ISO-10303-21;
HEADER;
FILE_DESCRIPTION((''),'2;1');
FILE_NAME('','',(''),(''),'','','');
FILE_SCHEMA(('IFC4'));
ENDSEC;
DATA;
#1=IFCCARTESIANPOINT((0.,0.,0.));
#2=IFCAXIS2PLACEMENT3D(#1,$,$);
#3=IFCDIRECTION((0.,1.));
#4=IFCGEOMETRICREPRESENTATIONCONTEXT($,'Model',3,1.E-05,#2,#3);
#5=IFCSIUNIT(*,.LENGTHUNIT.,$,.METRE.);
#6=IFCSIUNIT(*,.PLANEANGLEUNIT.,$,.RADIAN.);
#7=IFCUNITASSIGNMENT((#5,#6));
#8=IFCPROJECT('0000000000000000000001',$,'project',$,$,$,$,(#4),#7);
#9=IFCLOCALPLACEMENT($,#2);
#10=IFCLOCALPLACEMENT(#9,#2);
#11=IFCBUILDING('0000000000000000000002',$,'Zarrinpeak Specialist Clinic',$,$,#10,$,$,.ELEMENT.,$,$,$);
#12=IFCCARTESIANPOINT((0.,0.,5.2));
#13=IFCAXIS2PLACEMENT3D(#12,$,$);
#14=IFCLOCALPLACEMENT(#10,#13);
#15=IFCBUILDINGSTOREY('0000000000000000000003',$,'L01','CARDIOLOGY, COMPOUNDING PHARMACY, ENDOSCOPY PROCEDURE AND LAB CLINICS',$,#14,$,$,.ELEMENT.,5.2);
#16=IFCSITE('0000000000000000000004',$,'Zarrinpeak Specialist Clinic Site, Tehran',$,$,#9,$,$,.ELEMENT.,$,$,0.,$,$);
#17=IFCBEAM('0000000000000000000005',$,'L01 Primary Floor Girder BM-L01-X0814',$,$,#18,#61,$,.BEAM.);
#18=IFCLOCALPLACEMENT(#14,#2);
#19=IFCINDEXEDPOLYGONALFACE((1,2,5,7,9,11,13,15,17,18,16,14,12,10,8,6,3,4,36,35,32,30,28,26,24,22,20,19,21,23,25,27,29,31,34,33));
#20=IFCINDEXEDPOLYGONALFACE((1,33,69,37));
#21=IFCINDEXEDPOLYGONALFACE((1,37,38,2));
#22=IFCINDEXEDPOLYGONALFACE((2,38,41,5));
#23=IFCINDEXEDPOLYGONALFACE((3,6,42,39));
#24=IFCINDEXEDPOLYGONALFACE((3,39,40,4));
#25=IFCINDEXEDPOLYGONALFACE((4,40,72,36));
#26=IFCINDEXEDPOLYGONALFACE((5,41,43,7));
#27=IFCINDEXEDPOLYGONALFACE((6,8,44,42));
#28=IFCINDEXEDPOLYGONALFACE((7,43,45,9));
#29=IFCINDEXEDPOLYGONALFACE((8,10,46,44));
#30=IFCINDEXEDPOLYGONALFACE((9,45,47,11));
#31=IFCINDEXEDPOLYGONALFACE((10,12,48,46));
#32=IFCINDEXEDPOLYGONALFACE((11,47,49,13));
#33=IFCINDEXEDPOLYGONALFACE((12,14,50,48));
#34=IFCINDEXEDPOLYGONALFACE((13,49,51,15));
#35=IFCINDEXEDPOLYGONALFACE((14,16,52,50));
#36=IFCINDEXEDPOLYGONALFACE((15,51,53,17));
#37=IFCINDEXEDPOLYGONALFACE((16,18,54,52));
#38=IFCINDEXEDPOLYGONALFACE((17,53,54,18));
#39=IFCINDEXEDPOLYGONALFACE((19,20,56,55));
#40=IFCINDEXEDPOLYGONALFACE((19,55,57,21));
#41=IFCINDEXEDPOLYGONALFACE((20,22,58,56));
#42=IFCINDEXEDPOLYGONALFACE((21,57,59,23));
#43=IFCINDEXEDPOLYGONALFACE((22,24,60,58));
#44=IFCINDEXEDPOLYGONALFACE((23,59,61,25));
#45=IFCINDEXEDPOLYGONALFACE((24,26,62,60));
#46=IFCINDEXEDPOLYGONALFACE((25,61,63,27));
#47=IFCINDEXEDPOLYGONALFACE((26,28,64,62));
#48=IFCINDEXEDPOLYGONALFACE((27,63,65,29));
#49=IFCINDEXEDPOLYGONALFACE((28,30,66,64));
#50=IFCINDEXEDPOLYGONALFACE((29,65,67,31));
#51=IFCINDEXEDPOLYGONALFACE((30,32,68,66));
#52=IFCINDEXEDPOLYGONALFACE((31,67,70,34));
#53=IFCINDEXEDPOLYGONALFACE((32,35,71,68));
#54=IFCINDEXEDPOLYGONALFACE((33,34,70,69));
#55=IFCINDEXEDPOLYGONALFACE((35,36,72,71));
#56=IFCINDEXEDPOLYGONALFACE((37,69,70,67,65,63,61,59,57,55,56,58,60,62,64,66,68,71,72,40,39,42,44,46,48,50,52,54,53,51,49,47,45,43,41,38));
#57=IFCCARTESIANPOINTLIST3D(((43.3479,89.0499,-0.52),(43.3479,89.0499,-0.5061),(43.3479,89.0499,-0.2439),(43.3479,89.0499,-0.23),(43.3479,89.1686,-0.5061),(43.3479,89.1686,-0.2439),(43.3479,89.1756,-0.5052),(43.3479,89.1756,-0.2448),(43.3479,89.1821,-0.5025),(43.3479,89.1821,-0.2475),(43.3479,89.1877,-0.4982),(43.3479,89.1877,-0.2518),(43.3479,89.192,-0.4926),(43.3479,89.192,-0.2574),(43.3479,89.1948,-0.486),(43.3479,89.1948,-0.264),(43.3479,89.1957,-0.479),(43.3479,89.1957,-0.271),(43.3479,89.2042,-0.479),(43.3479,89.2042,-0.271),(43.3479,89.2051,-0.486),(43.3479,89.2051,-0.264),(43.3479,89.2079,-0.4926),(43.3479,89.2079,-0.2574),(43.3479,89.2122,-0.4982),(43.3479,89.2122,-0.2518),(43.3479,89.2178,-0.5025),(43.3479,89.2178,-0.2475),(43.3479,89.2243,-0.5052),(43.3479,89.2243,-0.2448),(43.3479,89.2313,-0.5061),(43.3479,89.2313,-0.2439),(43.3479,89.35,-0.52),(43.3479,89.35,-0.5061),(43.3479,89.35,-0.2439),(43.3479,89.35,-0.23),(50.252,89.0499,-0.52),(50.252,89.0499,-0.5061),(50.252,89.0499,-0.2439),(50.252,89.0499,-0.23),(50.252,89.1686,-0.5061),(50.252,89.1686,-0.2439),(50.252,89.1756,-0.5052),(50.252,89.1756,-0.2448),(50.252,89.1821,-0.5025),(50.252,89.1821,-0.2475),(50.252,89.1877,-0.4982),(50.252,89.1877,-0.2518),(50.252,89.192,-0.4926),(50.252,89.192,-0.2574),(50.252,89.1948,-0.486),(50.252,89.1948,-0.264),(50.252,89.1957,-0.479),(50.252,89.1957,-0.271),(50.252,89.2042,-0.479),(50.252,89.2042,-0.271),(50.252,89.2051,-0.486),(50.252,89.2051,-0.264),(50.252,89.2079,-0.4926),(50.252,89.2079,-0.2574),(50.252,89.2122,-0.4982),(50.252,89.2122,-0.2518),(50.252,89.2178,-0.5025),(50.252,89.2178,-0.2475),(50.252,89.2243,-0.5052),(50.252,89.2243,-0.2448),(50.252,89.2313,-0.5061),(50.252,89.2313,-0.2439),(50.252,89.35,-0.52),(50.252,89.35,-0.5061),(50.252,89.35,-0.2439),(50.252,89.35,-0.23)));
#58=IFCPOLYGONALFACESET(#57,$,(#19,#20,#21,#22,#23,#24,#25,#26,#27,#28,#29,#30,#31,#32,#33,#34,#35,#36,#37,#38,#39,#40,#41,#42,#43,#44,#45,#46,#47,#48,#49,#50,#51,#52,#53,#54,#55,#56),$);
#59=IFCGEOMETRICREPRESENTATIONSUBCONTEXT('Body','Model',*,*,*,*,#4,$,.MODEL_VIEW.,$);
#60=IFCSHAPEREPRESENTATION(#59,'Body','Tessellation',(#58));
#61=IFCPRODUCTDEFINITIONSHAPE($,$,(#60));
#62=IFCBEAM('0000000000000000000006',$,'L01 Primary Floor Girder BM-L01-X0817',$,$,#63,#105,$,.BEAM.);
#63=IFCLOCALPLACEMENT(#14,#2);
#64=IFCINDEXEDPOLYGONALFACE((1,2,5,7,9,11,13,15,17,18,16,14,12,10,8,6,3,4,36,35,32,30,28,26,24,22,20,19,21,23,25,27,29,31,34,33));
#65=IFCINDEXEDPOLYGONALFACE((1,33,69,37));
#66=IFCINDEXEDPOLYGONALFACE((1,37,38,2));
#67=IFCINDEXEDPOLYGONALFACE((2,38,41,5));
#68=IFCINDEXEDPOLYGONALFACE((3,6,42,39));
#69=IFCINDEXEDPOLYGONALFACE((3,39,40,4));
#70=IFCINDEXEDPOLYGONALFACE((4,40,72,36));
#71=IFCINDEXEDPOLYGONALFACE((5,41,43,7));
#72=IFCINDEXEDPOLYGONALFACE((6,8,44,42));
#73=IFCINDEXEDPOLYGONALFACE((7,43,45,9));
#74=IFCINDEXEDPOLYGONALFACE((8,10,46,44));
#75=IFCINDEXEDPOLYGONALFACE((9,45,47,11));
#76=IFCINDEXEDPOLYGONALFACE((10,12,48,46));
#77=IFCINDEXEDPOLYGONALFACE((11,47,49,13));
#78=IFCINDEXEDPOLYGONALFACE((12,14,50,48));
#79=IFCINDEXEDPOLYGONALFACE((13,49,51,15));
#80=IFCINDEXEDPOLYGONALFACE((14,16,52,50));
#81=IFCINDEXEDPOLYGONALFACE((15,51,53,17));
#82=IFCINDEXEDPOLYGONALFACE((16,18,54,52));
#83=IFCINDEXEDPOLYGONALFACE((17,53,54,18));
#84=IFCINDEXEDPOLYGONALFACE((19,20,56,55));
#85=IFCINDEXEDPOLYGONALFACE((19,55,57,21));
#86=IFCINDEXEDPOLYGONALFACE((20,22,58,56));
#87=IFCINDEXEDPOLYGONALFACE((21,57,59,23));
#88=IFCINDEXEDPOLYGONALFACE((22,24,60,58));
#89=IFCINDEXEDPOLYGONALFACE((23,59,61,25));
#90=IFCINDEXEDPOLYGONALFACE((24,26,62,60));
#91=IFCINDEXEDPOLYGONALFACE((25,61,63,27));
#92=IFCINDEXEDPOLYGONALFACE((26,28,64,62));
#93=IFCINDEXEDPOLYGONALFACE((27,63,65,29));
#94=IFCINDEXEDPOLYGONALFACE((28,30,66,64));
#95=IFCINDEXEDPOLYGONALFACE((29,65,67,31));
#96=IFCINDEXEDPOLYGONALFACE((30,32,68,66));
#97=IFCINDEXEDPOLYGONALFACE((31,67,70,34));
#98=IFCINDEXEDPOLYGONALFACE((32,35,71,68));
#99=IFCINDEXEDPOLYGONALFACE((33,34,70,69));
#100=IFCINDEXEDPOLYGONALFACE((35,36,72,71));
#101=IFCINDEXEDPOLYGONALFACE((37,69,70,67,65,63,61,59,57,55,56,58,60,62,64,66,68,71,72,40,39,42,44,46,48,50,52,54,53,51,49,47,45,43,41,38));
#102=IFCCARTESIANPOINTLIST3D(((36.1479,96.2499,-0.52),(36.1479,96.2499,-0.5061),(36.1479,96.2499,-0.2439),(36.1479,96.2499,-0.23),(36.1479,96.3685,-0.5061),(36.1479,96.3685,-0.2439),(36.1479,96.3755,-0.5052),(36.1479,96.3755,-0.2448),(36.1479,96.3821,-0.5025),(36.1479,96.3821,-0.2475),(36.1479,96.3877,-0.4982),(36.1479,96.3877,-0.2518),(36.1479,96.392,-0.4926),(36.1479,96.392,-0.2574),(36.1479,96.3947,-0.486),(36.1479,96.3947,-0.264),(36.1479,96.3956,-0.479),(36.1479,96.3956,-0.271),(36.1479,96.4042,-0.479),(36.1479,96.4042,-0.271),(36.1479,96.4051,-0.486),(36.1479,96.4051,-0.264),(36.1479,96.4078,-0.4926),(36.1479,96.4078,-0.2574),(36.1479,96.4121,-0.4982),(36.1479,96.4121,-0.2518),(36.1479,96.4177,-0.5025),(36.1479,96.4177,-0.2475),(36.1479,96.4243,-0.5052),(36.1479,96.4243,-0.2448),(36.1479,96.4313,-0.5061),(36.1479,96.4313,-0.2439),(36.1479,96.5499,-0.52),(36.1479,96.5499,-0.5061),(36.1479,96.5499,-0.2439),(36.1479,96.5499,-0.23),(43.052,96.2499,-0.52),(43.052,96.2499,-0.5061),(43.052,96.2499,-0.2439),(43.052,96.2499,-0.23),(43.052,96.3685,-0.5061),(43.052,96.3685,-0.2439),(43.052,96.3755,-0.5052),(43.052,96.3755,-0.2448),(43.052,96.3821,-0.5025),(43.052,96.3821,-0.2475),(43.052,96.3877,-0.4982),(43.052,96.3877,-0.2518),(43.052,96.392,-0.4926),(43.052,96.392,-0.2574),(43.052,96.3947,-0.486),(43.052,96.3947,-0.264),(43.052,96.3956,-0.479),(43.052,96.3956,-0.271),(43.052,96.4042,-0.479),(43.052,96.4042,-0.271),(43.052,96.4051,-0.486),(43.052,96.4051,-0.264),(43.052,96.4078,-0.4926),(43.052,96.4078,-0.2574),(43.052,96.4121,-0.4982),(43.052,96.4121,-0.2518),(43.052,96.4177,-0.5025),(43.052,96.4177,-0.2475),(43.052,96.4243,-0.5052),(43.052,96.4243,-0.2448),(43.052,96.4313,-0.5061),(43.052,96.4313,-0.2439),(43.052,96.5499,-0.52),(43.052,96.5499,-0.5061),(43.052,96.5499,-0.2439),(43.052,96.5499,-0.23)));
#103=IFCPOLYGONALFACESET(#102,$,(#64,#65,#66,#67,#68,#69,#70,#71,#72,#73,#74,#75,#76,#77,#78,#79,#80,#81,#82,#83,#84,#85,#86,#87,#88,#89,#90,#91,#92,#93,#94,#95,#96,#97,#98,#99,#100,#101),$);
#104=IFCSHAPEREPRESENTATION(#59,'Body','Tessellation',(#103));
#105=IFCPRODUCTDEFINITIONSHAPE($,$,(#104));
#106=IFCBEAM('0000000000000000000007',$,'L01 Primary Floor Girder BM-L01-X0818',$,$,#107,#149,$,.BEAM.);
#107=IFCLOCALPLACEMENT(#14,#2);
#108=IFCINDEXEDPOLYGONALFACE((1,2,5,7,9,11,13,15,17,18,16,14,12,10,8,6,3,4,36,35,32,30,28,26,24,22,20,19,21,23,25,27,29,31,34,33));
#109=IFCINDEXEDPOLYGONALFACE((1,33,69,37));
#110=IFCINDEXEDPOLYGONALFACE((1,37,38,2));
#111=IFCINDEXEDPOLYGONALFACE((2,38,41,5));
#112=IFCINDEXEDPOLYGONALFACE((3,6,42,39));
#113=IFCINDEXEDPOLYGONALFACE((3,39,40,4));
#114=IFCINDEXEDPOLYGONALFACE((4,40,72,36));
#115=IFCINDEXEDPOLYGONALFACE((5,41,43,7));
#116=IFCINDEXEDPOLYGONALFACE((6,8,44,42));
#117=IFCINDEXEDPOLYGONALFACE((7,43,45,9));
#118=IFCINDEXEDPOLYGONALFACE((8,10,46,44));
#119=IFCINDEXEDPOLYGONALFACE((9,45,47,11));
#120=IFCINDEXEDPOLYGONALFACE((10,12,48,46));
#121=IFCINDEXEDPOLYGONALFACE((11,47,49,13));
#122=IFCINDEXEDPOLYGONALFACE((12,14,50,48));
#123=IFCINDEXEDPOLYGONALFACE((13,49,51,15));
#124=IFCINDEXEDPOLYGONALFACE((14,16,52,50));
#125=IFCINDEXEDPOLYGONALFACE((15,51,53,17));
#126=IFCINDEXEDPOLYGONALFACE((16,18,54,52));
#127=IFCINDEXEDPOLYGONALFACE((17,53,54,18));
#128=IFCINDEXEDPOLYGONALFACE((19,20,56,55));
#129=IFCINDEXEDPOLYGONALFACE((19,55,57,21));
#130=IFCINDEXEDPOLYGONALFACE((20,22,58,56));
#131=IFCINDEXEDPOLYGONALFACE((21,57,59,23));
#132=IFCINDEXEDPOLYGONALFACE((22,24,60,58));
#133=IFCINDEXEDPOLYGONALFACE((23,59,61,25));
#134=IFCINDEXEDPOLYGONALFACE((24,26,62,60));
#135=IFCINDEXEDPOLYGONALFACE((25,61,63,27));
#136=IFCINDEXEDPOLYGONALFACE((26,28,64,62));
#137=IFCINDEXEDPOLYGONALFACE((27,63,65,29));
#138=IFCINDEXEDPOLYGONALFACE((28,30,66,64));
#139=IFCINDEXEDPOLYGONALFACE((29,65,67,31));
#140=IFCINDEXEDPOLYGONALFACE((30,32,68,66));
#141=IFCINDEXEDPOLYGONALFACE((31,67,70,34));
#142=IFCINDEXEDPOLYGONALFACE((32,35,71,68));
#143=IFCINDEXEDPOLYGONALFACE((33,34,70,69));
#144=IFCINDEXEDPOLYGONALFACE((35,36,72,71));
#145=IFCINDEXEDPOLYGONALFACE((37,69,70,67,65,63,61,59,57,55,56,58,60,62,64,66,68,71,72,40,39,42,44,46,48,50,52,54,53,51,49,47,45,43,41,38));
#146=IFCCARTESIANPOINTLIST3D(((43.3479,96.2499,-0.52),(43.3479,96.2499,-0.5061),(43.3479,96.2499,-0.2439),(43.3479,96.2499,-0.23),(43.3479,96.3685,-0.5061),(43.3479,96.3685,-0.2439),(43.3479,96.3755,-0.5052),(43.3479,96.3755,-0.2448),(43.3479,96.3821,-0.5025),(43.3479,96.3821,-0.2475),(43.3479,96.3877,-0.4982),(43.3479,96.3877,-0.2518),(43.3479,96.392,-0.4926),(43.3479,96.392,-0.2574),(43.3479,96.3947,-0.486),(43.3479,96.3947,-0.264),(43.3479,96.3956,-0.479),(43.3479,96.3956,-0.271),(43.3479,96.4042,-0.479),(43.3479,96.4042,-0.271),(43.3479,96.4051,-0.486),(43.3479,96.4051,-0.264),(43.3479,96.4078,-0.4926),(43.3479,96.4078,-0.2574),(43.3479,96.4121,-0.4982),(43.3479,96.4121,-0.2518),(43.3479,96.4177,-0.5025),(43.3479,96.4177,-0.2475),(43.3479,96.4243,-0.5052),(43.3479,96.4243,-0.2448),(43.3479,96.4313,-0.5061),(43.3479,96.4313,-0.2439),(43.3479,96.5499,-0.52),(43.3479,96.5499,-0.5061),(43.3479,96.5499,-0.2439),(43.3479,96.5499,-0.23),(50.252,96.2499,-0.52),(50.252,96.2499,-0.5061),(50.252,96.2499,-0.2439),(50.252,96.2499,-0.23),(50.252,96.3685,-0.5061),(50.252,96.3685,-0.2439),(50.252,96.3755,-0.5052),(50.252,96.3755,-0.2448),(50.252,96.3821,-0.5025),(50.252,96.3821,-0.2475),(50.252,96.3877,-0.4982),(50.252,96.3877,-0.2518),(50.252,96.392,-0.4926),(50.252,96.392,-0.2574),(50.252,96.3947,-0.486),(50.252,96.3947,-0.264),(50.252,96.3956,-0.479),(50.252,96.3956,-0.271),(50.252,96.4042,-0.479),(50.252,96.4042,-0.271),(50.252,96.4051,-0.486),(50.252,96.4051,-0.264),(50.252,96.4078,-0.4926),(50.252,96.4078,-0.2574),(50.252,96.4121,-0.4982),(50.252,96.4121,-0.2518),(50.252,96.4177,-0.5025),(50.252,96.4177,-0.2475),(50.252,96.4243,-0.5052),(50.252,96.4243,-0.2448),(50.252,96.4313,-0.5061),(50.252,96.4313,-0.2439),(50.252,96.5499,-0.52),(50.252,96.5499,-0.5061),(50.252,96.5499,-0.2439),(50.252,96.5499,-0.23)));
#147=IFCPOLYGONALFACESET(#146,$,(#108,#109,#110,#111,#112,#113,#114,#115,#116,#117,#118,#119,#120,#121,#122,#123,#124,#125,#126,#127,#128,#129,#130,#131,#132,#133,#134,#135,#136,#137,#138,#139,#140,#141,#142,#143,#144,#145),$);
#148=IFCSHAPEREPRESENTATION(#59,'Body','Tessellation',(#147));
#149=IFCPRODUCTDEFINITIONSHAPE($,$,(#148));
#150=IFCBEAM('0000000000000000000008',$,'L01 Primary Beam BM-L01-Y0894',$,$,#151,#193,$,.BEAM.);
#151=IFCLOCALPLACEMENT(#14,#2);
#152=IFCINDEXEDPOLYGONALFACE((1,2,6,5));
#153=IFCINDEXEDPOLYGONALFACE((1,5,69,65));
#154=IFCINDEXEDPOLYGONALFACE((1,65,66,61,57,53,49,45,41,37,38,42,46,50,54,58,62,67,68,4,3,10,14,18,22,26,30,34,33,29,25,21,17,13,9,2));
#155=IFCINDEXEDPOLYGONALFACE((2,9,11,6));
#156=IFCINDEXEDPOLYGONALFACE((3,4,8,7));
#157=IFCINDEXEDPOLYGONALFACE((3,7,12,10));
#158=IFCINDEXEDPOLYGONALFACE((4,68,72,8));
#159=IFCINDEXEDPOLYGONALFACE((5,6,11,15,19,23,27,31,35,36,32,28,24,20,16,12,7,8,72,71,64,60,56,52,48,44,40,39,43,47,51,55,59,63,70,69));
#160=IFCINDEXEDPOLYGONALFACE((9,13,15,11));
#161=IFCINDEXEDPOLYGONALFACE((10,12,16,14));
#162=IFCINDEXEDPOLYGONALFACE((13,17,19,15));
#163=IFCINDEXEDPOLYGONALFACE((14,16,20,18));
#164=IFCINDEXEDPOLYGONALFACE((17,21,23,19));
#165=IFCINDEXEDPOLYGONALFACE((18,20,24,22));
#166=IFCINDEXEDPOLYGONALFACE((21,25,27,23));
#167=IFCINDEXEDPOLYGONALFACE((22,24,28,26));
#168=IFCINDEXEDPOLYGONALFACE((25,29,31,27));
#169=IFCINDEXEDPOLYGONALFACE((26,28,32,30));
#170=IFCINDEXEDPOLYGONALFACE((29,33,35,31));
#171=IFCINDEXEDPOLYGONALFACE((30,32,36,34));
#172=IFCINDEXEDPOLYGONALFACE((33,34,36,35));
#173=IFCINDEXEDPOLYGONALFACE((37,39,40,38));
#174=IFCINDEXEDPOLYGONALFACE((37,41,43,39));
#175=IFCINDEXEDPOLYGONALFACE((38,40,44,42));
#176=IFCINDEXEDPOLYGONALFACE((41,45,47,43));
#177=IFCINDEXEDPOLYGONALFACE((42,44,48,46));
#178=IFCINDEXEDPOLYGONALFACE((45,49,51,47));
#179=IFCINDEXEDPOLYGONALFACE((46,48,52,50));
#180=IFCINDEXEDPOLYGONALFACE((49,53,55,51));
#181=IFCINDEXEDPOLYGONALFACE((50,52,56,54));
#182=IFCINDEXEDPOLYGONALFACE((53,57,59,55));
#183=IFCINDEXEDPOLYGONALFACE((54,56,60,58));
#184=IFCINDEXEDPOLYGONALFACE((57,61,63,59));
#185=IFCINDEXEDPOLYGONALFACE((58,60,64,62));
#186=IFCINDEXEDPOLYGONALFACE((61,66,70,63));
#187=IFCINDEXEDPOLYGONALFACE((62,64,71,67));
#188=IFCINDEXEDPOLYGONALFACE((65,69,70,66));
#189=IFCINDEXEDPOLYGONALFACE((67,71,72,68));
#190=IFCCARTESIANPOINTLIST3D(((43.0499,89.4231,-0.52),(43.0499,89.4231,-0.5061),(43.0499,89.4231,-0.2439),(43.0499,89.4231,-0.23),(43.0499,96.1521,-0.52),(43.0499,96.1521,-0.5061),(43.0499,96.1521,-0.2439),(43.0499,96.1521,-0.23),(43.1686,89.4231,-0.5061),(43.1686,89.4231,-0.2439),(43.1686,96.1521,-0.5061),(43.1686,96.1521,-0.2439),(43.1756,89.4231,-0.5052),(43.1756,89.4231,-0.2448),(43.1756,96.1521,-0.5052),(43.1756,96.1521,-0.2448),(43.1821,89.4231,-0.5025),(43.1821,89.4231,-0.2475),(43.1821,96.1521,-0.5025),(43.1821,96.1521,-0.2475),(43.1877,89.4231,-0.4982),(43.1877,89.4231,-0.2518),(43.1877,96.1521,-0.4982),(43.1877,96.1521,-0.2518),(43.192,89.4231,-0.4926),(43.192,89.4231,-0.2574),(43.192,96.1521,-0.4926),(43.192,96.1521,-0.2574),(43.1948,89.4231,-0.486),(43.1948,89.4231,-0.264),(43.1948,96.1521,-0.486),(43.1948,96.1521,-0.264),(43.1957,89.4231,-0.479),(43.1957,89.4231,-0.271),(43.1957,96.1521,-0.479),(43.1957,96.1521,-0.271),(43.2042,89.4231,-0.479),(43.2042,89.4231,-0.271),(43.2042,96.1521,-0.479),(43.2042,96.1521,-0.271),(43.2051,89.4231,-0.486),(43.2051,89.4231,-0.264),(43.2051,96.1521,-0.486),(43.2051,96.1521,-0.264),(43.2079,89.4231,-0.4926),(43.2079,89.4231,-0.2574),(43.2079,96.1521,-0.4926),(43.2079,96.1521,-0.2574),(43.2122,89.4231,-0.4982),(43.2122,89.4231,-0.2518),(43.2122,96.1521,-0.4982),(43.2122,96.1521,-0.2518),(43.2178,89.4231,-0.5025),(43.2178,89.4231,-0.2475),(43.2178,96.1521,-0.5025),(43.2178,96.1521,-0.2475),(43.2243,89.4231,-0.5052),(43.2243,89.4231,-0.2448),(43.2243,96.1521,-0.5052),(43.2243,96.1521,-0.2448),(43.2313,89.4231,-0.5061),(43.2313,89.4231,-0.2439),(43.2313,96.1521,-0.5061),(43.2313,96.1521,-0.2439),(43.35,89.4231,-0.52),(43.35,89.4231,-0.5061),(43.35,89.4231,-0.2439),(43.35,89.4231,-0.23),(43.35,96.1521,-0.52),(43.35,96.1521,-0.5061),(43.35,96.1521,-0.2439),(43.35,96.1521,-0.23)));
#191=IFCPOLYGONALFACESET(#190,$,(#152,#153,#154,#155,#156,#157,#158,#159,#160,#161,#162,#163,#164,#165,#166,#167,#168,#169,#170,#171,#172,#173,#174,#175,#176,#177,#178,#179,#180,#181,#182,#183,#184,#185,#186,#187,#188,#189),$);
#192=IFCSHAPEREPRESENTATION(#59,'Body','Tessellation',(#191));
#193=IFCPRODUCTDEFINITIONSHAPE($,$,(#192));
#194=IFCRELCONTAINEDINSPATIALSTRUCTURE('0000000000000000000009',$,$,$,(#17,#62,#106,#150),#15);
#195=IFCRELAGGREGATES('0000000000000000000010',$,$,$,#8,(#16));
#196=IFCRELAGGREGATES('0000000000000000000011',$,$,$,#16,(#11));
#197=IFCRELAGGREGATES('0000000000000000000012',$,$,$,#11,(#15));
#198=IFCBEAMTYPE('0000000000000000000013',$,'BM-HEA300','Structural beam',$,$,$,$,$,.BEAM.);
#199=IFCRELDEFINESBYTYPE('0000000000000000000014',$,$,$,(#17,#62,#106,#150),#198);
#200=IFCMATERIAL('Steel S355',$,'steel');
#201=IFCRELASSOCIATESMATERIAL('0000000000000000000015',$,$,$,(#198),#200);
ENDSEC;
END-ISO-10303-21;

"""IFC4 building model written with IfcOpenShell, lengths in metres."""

from ifc_helpers import new_model, si_unit, direction, frame, origin, origin_2d, place, context, subcontext, project, spatial, i_section, extrude, material, material_profile, profile_set, type_object, element, save


model = new_model("IFC4")

# Units and contexts
model_context = context("Model", 3, precision=1e-05, world=origin(), true_north=direction((0.0, 1.0)))
body_context = subcontext(model_context, "Body", "Model", "MODEL_VIEW")
ifc_project = project(units=[si_unit("LENGTHUNIT", "METRE"), si_unit("PLANEANGLEUNIT", "RADIAN")], contexts=[model_context])

# Site, building, storey
site_placement = place(None, origin())
site = spatial("IfcSite", under=ifc_project, at=site_placement, Name="Zarrinpeak Specialist Clinic Site, Tehran", CompositionType="ELEMENT", RefElevation=0.0)
building_placement = place(site_placement, origin())
building = spatial("IfcBuilding", under=site, at=building_placement, Name="Zarrinpeak Specialist Clinic", CompositionType="ELEMENT")
storey_placement = place(building_placement, frame((0.0, 0.0, 5.2)))
storey = spatial("IfcBuildingStorey", under=building, at=storey_placement, Name="L01", Description="CARDIOLOGY, COMPOUNDING PHARMACY, ENDOSCOPY PROCEDURE AND LAB CLINICS", CompositionType="ELEMENT", Elevation=5.2)

# Shared definitions
ifc_material_1 = material(Name="Steel S355", Category="steel")

# Beams
ifc_material_profile_1 = material_profile(ifc_material_1, i_section(OverallWidth=0.3, OverallDepth=0.29, WebThickness=0.0085, FlangeThickness=0.0139, FilletRadius=0.0271, at=origin_2d()), Name="HEA 300")
ifc_profile_set_1 = profile_set([ifc_material_profile_1], Name="Steel S355")
beam_type_1 = type_object("IfcBeamType", Name="BM-HEA300", Description="Structural beam", PredefinedType="BEAM", material=ifc_profile_set_1)
for number, where, z_axis, x_axis, name in (
    (1, (43.3479, 89.2, -0.375), (1.0, 0.0, 0.0), (0.0, 1.0, 0.0), "L01 Primary Floor Girder BM-L01-X0814"),
    (2, (36.1479, 96.3999, -0.375), (1.0, 0.0, 0.0), (0.0, 1.0, 0.0), "L01 Primary Floor Girder BM-L01-X0817"),
    (3, (43.3479, 96.3999, -0.375), (1.0, 0.0, 0.0), (0.0, 1.0, 0.0), "L01 Primary Floor Girder BM-L01-X0818"),
):
    element("IfcBeam", number, at=place(storey_placement, frame(where, z_axis=z_axis, x_axis=x_axis)), inside=storey, type_object=beam_type_1, Name=name, PredefinedType="BEAM", context=body_context, shape_type="SweptSolid", body=[
        extrude(i_section(OverallWidth=0.3, OverallDepth=0.29, WebThickness=0.0085, FlangeThickness=0.0139, FilletRadius=0.0271, at=origin_2d()), origin(), (0.0, 0.0, 1.0), 6.9041),
    ])
beam_1_placement = place(storey_placement, frame((43.2, 89.4231, -0.375), z_axis=(0.0, 1.0, 0.0), x_axis=(-1.0, 0.0, 0.0)))
element("IfcBeam", 4, at=beam_1_placement, inside=storey, type_object=beam_type_1, Name="L01 Primary Beam BM-L01-Y0894", PredefinedType="BEAM", context=body_context, shape_type="SweptSolid", body=[
    extrude(i_section(OverallWidth=0.3, OverallDepth=0.29, WebThickness=0.0085, FlangeThickness=0.0139, FilletRadius=0.0271, at=origin_2d()), origin(), (0.0, 0.0, 1.0), 6.729),
])

save(model, "model.ifc")
